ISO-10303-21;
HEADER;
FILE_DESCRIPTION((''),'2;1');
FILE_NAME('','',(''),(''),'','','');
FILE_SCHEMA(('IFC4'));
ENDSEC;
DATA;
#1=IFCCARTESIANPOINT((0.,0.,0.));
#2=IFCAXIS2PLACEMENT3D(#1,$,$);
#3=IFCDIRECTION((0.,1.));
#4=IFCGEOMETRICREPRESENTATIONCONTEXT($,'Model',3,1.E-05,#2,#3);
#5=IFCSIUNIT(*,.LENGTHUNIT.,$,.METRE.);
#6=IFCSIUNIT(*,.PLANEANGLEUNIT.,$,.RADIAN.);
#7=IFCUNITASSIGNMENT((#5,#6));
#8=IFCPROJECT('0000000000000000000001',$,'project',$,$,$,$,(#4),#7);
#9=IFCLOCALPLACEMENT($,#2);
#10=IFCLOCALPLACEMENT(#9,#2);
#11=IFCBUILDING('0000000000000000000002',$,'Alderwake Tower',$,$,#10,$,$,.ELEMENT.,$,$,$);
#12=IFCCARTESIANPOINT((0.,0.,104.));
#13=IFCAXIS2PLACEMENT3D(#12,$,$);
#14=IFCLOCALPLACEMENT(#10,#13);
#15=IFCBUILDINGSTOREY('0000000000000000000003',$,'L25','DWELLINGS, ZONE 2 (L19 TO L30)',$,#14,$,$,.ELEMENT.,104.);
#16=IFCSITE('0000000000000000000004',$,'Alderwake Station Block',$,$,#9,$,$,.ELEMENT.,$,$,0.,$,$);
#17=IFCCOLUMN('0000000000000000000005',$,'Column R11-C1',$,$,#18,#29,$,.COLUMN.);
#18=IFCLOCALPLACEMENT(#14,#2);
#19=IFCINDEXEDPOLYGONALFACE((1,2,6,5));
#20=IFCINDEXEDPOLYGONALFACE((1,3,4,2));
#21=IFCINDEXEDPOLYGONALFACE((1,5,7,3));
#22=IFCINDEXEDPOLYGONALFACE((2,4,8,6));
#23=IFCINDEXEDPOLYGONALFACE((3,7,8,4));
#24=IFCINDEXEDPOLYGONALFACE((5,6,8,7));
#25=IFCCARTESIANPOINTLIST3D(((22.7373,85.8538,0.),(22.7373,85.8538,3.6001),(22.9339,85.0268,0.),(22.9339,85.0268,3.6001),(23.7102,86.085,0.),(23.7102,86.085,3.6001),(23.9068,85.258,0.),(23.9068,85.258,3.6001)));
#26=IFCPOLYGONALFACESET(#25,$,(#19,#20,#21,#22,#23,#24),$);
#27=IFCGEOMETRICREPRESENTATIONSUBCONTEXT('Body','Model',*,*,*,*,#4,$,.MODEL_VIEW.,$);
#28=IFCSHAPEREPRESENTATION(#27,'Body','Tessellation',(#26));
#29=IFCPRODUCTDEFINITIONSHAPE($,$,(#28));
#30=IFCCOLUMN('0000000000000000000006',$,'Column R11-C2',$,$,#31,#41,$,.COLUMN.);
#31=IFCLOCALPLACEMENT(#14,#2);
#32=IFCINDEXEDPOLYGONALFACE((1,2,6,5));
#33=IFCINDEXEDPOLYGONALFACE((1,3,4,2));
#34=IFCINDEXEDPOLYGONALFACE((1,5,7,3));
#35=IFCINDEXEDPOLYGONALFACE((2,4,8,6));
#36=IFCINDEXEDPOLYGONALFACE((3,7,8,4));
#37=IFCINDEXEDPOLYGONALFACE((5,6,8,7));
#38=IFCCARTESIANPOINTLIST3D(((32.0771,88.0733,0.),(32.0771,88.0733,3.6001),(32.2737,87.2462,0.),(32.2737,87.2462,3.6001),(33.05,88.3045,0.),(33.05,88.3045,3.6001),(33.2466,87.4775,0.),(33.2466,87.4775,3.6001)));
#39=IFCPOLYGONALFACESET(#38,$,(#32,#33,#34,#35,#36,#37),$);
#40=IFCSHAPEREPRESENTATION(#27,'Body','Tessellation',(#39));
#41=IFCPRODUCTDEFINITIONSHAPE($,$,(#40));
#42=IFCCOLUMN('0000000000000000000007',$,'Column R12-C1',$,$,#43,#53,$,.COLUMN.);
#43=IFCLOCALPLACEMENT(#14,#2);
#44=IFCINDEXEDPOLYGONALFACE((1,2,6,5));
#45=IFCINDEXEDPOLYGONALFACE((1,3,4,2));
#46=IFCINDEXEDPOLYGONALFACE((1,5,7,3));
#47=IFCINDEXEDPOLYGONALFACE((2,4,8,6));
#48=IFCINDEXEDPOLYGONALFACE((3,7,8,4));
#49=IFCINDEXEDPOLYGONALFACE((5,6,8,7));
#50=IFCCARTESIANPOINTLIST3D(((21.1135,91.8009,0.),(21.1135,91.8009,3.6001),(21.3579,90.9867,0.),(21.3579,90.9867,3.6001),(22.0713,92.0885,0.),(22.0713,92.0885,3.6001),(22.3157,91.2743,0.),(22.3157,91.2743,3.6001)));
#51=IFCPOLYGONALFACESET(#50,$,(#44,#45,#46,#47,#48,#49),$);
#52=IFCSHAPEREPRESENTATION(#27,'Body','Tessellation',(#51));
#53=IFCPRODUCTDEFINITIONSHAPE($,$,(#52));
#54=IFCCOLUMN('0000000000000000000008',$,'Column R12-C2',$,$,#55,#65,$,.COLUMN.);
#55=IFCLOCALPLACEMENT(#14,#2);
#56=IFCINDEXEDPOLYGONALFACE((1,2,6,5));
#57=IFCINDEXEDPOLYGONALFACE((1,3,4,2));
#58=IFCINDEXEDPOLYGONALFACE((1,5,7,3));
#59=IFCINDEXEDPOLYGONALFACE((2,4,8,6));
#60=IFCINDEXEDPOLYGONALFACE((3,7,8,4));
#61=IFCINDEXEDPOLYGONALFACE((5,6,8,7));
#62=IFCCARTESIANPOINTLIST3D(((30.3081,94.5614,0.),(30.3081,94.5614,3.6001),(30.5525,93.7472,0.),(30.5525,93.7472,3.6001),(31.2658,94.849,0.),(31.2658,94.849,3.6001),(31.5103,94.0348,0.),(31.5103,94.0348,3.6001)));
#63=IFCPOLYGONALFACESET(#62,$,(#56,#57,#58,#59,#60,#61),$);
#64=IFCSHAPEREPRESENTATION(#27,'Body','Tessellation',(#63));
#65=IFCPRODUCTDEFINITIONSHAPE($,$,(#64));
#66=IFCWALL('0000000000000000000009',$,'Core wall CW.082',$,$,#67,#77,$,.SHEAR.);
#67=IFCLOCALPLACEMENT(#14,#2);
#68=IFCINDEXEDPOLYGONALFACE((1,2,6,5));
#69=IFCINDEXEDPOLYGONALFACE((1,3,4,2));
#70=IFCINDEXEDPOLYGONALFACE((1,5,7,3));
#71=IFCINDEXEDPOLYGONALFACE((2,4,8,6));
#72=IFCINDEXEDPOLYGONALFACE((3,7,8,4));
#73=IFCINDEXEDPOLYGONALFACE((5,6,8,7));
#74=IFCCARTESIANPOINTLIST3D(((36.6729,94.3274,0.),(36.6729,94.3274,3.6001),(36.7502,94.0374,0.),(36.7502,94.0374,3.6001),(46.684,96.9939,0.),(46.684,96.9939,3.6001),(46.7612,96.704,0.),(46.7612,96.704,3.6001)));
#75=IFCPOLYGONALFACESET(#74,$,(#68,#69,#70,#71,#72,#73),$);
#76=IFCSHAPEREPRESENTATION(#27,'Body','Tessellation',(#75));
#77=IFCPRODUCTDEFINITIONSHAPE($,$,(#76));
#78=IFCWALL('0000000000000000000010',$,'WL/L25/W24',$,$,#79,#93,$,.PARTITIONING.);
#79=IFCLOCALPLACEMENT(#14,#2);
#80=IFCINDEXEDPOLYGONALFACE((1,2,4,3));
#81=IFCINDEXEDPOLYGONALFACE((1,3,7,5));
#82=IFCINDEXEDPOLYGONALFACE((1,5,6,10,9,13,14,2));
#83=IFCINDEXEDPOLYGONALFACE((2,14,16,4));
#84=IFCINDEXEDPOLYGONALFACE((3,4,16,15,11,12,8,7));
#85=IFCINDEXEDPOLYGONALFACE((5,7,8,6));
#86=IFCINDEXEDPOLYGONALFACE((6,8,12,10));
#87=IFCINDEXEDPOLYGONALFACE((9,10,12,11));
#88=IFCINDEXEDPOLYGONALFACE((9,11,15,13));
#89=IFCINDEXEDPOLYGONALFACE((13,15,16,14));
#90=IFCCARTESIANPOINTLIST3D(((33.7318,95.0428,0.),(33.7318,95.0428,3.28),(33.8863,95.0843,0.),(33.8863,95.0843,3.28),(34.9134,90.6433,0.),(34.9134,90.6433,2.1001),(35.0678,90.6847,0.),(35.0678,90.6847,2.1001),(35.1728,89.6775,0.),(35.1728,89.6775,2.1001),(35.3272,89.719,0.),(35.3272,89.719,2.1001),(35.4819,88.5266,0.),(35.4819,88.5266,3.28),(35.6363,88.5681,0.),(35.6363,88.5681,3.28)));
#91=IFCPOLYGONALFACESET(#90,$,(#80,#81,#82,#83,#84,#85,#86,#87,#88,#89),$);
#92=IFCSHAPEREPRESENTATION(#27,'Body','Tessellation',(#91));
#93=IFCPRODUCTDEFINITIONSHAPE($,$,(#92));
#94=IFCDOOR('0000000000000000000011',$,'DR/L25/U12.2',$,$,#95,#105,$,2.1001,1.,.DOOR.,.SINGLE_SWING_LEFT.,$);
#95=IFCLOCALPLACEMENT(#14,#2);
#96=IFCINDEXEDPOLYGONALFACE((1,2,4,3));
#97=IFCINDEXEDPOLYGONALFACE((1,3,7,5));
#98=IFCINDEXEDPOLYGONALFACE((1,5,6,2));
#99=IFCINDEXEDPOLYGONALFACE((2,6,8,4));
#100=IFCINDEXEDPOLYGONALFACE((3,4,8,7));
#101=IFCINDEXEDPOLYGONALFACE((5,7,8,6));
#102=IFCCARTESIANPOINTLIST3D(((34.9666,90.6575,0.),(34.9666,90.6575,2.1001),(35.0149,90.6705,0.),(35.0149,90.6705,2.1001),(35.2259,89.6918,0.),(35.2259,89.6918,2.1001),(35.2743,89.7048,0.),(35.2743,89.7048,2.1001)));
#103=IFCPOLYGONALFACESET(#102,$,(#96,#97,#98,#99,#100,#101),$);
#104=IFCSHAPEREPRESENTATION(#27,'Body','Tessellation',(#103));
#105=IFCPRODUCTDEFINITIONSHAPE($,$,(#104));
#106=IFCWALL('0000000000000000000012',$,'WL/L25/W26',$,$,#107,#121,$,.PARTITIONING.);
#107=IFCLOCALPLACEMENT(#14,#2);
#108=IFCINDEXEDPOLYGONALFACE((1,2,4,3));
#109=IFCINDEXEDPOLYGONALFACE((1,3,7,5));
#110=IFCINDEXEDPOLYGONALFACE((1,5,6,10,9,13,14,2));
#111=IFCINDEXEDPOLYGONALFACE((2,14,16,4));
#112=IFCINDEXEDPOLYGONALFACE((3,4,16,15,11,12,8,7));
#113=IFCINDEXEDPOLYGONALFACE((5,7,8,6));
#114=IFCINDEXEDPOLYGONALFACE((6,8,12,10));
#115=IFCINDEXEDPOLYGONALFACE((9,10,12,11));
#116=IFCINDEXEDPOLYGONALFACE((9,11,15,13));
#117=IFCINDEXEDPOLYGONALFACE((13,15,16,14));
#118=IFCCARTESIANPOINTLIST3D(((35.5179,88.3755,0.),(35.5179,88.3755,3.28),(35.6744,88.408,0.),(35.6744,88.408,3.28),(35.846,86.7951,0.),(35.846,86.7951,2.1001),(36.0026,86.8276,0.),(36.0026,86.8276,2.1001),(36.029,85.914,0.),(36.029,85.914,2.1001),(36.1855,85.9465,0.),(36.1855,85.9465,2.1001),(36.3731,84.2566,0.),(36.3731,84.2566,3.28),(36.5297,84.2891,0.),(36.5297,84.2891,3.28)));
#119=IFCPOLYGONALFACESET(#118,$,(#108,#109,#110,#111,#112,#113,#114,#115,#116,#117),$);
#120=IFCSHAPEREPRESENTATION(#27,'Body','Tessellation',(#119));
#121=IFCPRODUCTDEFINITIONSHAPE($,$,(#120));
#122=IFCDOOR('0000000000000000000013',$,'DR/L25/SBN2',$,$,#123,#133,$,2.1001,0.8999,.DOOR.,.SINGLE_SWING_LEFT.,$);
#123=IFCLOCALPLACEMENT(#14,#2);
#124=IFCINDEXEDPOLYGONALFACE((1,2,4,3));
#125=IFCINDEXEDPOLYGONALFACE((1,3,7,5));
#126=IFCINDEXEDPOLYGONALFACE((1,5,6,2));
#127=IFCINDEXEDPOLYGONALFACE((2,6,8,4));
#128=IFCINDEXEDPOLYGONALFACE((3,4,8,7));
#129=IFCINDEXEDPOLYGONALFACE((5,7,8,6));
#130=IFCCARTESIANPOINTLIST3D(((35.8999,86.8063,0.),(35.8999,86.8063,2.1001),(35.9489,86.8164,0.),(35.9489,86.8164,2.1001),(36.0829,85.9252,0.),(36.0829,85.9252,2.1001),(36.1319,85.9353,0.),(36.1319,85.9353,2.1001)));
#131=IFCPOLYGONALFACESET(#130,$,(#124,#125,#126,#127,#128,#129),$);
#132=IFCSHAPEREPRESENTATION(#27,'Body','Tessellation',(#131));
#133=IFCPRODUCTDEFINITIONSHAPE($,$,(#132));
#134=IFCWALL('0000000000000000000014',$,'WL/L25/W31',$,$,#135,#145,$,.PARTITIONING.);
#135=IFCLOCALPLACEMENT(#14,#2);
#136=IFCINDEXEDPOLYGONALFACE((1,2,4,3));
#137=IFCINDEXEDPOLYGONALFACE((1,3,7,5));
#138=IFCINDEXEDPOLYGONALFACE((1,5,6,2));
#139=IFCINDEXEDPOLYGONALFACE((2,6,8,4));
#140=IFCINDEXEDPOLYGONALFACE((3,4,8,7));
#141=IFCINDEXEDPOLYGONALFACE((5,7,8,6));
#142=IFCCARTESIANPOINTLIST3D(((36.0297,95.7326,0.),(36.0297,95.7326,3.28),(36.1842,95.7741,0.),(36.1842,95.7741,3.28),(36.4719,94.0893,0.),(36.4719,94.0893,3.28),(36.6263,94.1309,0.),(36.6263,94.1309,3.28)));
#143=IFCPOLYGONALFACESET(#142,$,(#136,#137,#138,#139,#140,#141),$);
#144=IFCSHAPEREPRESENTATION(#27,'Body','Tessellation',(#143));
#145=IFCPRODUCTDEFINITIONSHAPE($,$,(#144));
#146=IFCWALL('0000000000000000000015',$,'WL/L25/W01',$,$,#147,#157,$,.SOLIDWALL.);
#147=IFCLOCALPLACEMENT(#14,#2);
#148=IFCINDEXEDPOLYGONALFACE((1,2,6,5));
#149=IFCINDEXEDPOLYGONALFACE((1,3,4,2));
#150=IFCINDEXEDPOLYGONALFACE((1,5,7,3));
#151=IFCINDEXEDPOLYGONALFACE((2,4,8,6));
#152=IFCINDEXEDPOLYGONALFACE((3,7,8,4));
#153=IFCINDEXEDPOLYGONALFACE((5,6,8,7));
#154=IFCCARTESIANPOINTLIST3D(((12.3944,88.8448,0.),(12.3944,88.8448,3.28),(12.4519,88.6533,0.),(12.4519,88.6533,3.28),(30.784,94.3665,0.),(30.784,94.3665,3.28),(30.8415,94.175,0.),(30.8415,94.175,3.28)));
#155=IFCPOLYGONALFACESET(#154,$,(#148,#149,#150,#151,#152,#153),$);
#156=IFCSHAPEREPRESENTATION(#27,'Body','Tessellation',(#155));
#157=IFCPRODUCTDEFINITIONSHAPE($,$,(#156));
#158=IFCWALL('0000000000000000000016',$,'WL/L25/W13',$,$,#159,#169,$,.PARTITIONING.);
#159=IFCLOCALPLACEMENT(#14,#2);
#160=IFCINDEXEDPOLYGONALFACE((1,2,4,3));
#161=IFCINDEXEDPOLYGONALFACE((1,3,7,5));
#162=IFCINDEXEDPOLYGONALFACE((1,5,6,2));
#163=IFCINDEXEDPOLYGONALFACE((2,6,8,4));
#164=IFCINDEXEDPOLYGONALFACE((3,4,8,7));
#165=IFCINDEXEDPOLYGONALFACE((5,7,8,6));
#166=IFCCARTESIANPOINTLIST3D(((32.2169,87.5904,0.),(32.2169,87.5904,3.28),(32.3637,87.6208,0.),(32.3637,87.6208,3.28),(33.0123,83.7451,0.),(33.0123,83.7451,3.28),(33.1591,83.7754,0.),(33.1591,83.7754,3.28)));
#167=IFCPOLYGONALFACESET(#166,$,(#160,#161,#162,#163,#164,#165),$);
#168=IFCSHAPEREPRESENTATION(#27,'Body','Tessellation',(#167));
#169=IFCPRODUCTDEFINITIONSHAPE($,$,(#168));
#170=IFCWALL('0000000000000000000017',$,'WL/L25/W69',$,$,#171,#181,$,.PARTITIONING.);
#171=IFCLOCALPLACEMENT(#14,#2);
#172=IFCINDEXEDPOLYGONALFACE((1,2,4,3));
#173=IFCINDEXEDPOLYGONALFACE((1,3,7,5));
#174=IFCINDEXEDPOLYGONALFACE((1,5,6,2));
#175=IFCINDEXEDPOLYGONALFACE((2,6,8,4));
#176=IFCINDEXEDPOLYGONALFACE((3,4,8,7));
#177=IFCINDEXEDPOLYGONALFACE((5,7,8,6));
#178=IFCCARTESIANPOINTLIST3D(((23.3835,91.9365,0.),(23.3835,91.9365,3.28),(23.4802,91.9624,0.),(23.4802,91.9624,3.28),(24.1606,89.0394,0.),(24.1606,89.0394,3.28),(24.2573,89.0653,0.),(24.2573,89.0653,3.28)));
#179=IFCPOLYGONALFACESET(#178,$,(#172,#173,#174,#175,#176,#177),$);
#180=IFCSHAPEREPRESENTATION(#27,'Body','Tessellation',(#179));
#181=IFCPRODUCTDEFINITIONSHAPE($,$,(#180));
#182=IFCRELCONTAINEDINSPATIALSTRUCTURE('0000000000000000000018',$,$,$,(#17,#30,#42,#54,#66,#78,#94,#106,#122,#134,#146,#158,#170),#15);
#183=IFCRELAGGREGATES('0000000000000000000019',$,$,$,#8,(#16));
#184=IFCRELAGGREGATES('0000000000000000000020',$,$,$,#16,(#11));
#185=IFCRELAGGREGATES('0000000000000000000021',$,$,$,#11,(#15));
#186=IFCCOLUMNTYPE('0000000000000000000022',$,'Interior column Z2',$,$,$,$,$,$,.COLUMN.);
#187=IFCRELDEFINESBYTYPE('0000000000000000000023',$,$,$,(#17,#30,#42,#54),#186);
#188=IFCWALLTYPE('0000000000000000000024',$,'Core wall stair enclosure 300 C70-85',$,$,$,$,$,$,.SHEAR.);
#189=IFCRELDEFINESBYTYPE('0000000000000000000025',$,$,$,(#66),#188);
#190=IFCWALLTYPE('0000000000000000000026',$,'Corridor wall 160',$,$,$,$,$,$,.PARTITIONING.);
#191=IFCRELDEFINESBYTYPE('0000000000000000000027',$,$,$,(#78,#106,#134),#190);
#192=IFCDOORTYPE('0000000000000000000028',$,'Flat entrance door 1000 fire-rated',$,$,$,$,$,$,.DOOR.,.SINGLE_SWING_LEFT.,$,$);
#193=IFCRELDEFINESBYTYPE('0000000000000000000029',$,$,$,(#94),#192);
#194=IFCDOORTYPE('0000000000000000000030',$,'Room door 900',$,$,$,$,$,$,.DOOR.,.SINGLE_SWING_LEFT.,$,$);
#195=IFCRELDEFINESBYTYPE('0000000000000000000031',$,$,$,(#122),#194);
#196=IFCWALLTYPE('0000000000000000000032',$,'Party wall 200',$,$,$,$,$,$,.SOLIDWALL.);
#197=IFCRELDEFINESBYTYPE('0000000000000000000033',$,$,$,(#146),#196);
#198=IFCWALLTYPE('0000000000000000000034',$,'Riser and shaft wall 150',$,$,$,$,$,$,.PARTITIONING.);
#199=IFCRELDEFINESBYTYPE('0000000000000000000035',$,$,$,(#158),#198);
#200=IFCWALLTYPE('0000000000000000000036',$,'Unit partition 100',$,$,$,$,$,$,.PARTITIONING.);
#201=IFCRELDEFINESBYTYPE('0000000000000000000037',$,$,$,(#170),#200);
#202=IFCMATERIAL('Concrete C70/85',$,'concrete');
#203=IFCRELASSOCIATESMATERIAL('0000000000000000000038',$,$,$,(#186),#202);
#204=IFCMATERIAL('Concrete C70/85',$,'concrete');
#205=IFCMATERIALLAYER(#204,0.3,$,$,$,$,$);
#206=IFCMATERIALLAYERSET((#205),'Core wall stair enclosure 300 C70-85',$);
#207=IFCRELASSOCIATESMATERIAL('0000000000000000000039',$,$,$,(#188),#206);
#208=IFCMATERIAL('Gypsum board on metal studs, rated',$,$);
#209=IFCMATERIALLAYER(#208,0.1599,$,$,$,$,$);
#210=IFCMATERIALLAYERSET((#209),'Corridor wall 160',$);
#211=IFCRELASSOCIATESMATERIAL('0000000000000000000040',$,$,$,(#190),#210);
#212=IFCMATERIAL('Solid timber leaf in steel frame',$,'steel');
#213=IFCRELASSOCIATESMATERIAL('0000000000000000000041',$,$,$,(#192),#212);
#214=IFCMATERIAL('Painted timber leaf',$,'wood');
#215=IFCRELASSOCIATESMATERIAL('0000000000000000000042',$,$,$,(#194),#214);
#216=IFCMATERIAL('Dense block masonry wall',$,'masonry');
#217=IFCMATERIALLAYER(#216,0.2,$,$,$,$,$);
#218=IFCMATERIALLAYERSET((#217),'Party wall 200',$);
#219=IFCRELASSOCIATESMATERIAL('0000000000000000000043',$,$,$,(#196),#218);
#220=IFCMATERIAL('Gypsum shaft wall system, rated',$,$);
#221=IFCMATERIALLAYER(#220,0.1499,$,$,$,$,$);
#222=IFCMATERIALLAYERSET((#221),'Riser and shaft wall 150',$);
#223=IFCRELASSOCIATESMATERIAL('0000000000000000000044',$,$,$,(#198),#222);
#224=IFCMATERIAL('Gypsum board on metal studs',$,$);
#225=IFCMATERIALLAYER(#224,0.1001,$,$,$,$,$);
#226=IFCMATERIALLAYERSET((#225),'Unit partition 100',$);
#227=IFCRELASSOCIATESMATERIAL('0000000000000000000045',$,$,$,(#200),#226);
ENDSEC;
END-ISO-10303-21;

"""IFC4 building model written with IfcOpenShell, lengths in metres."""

from ifc_helpers import new_model, si_unit, direction, frame, frame_2d, origin, origin_2d, place, context, subcontext, project, spatial, rectangle, extrude, material, layer, layer_set, material_profile, profile_set, type_object, element, fill, save


model = new_model("IFC4")

# Units and contexts
model_context = context("Model", 3, precision=1e-05, world=origin(), true_north=direction((0.0, 1.0)))
body_context = subcontext(model_context, "Body", "Model", "MODEL_VIEW")
ifc_project = project(units=[si_unit("LENGTHUNIT", "METRE"), si_unit("PLANEANGLEUNIT", "RADIAN")], contexts=[model_context])

# Site, building, storey
site_placement = place(None, origin())
site = spatial("IfcSite", under=ifc_project, at=site_placement, Name="Alderwake Station Block", CompositionType="ELEMENT", RefElevation=0.0)
building_placement = place(site_placement, origin())
building = spatial("IfcBuilding", under=site, at=building_placement, Name="Alderwake Tower", CompositionType="ELEMENT")
storey_placement = place(building_placement, frame((0.0, 0.0, 104.0)))
storey = spatial("IfcBuildingStorey", under=building, at=storey_placement, Name="L25", Description="DWELLINGS, ZONE 2 (L19 TO L30)", CompositionType="ELEMENT", Elevation=104.0)

# Columns
ifc_material_1 = material(Name="Concrete C70/85", Category="concrete")
ifc_material_profile = material_profile(ifc_material_1, rectangle(XDim=0.8501, YDim=1.0, at=origin_2d()), Name="RC 1000X850")
ifc_profile_set = profile_set([ifc_material_profile], Name="Concrete C70/85")
column_type = type_object("IfcColumnType", Name="Interior column Z2", PredefinedType="COLUMN", material=ifc_profile_set)
for number, where, z_axis, x_axis, name in (
    (1, (23.322, 85.5559, 0.0), (0.0, 0.0, 1.0), (-0.231222, 0.972901, 0.0), "Column R11-C1"),
    (2, (32.6619, 87.7754, 0.0), (0.0, 0.0, 1.0), (-0.231222, 0.972901, 0.0), "Column R11-C2"),
    (3, (21.7146, 91.5376, 0.0), (0.0, 0.0, 1.0), (-0.287549, 0.957766, 0.0), "Column R12-C1"),
    (4, (30.9092, 94.2981, 0.0), (0.0, 0.0, 1.0), (-0.287549, 0.957766, 0.0), "Column R12-C2"),
):
    element("IfcColumn", number, at=place(storey_placement, frame(where, z_axis=z_axis, x_axis=x_axis)), inside=storey, type_object=column_type, Name=name, PredefinedType="COLUMN", context=body_context, shape_type="SweptSolid", body=[
        extrude(rectangle(XDim=0.8501, YDim=1.0, at=origin_2d()), origin(), (0.0, 0.0, 1.0), 3.6001),
    ])

# Wall
ifc_material_2 = material(Name="Concrete C70/85", Category="concrete")
ifc_layer_1 = layer(ifc_material_2, 0.3)
ifc_layer_set_1 = layer_set([ifc_layer_1], Name="Core wall stair enclosure 300 C70-85")
wall_type_1 = type_object("IfcWallType", Name="Core wall stair enclosure 300 C70-85", PredefinedType="SHEAR", material=ifc_layer_set_1)
wall_1_placement = place(storey_placement, frame((36.7114, 94.1824, 0.0), z_axis=(0.0, 0.0, 1.0), x_axis=(0.966309, 0.257384, 0.0)))
element("IfcWall", 5, at=wall_1_placement, inside=storey, type_object=wall_type_1, Name="Core wall CW.082", PredefinedType="SHEAR", context=body_context, shape_type="SweptSolid", body=[
    extrude(rectangle(XDim=10.3601, YDim=0.3, at=frame_2d((5.1802, 0.0))), origin(), (0.0, 0.0, 1.0), 3.6001),
])

# Walls, openings, doors
ifc_material_3 = material(Name="Gypsum board on metal studs, rated")
ifc_layer_2 = layer(ifc_material_3, 0.1599)
ifc_layer_set_2 = layer_set([ifc_layer_2], Name="Corridor wall 160")
wall_type_2 = type_object("IfcWallType", Name="Corridor wall 160", PredefinedType="PARTITIONING", material=ifc_layer_set_2)
wall_2_placement = place(storey_placement, frame((35.5591, 88.5474, 0.0), z_axis=(0.0, 0.0, 1.0), x_axis=(-0.259374, 0.965777, 0.0)))
wall_2 = element("IfcWall", 6, at=wall_2_placement, inside=storey, type_object=wall_type_2, Name="WL/L25/W24", PredefinedType="PARTITIONING", context=body_context, shape_type="SweptSolid", body=[
    extrude(rectangle(XDim=6.7471, YDim=0.1599, at=frame_2d((3.3735, 0.0))), origin(), (0.0, 0.0, 1.0), 3.28),
])
opening_1_placement = place(wall_2_placement, frame((1.1917, 0.0, 0.0)))
opening_1 = element("IfcOpeningElement", 7, at=opening_1_placement, cuts=wall_2, PredefinedType="OPENING", context=body_context, shape_type="SweptSolid", body=[
    extrude(rectangle(XDim=1.0, YDim=2.1001, at=frame_2d((0.5, 1.05))), frame((0.0, 0.0898, 0.0), z_axis=(0.0, -1.0, 0.0), x_axis=(1.0, 0.0, 0.0)), (0.0, 0.0, 1.0), 0.1799),
])
ifc_material_4 = material(Name="Solid timber leaf in steel frame", Category="steel")
door_type_1 = type_object("IfcDoorType", Name="Flat entrance door 1000 fire-rated", OperationType="SINGLE_SWING_LEFT", PredefinedType="DOOR", material=ifc_material_4)
door_1_placement = place(opening_1_placement, origin())
door_1 = element("IfcDoor", 8, at=door_1_placement, inside=storey, type_object=door_type_1, Name="DR/L25/U12.2", OperationType="SINGLE_SWING_LEFT", OverallHeight=2.1001, OverallWidth=1.0, PredefinedType="DOOR", context=body_context, shape_type="SweptSolid", body=[
    extrude(rectangle(XDim=1.0, YDim=2.1001, at=frame_2d((0.5, 1.05))), frame((0.0, 0.0249, 0.0), z_axis=(0.0, -1.0, 0.0), x_axis=(1.0, 0.0, 0.0)), (0.0, 0.0, 1.0), 0.05),
])
fill(opening_1, door_1)
wall_3_placement = place(storey_placement, frame((36.4514, 84.2727, 0.0), z_axis=(0.0, 0.0, 1.0), x_axis=(-0.203298, 0.979117, 0.0)))
wall_3 = element("IfcWall", 9, at=wall_3_placement, inside=storey, type_object=wall_type_2, Name="WL/L25/W26", PredefinedType="PARTITIONING", context=body_context, shape_type="SweptSolid", body=[
    extrude(rectangle(XDim=4.2068, YDim=0.1599, at=frame_2d((2.1035, 0.0))), origin(), (0.0, 0.0, 1.0), 3.28),
])
opening_2_placement = place(wall_3_placement, frame((1.6929, 0.0, 0.0)))
opening_2 = element("IfcOpeningElement", 10, at=opening_2_placement, cuts=wall_3, PredefinedType="OPENING", context=body_context, shape_type="SweptSolid", body=[
    extrude(rectangle(XDim=0.8999, YDim=2.1001, at=frame_2d((0.45, 1.05))), frame((0.0, 0.0898, 0.0), z_axis=(0.0, -1.0, 0.0), x_axis=(1.0, 0.0, 0.0)), (0.0, 0.0, 1.0), 0.1799),
])
ifc_material_5 = material(Name="Painted timber leaf", Category="wood")
door_type_2 = type_object("IfcDoorType", Name="Room door 900", OperationType="SINGLE_SWING_LEFT", PredefinedType="DOOR", material=ifc_material_5)
door_2_placement = place(opening_2_placement, origin())
door_2 = element("IfcDoor", 11, at=door_2_placement, inside=storey, type_object=door_type_2, Name="DR/L25/SBN2", OperationType="SINGLE_SWING_LEFT", OverallHeight=2.1001, OverallWidth=0.8999, PredefinedType="DOOR", context=body_context, shape_type="SweptSolid", body=[
    extrude(rectangle(XDim=0.8999, YDim=2.1001, at=frame_2d((0.45, 1.05))), frame((0.0, 0.0249, 0.0), z_axis=(0.0, -1.0, 0.0), x_axis=(1.0, 0.0, 0.0)), (0.0, 0.0, 1.0), 0.05),
])
fill(opening_2, door_2)

# Walls
wall_4_placement = place(storey_placement, frame((36.5491, 94.1101, 0.0), z_axis=(0.0, 0.0, 1.0), x_axis=(-0.259814, 0.965659, 0.0)))
element("IfcWall", 12, at=wall_4_placement, inside=storey, type_object=wall_type_2, Name="WL/L25/W31", PredefinedType="PARTITIONING", context=body_context, shape_type="SweptSolid", body=[
    extrude(rectangle(XDim=1.7017, YDim=0.1599, at=frame_2d((0.8508, 0.0))), origin(), (0.0, 0.0, 1.0), 3.28),
])
ifc_material_6 = material(Name="Dense block masonry wall", Category="masonry")
ifc_layer_3 = layer(ifc_material_6, 0.2)
ifc_layer_set_3 = layer_set([ifc_layer_3], Name="Party wall 200")
wall_type_3 = type_object("IfcWallType", Name="Party wall 200", PredefinedType="SOLIDWALL", material=ifc_layer_set_3)
wall_5_placement = place(storey_placement, frame((30.8127, 94.2708, 0.0), z_axis=(0.0, 0.0, 1.0), x_axis=(-0.957757, -0.287579, 0.0)))
element("IfcWall", 13, at=wall_5_placement, inside=storey, type_object=wall_type_3, Name="WL/L25/W01", PredefinedType="SOLIDWALL", context=body_context, shape_type="SweptSolid", body=[
    extrude(rectangle(XDim=19.2007, YDim=0.2, at=frame_2d((9.6003, 0.0))), origin(), (0.0, 0.0, 1.0), 3.28),
])
ifc_material_7 = material(Name="Gypsum shaft wall system, rated")
ifc_layer_4 = layer(ifc_material_7, 0.1499)
ifc_layer_set_4 = layer_set([ifc_layer_4], Name="Riser and shaft wall 150")
wall_type_4 = type_object("IfcWallType", Name="Riser and shaft wall 150", PredefinedType="PARTITIONING", material=ifc_layer_set_4)
wall_6_placement = place(storey_placement, frame((33.0857, 83.7603, 0.0), z_axis=(0.0, 0.0, 1.0), x_axis=(-0.202556, 0.979271, 0.0)))
element("IfcWall", 14, at=wall_6_placement, inside=storey, type_object=wall_type_4, Name="WL/L25/W13", PredefinedType="PARTITIONING", context=body_context, shape_type="SweptSolid", body=[
    extrude(rectangle(XDim=3.9268, YDim=0.1499, at=frame_2d((1.9634, 0.0))), origin(), (0.0, 0.0, 1.0), 3.28),
])
ifc_material_8 = material(Name="Gypsum board on metal studs")
ifc_layer_5 = layer(ifc_material_8, 0.1001)
ifc_layer_set_5 = layer_set([ifc_layer_5], Name="Unit partition 100")
wall_type_5 = type_object("IfcWallType", Name="Unit partition 100", PredefinedType="PARTITIONING", material=ifc_layer_set_5)
wall_7_placement = place(storey_placement, frame((23.4319, 91.9495, 0.0), z_axis=(0.0, 0.0, 1.0), x_axis=(0.259066, -0.96586, 0.0)))
element("IfcWall", 15, at=wall_7_placement, inside=storey, type_object=wall_type_5, Name="WL/L25/W69", PredefinedType="PARTITIONING", context=body_context, shape_type="SweptSolid", body=[
    extrude(rectangle(XDim=2.9995, YDim=0.1001, at=frame_2d((1.4998, 0.0))), origin(), (0.0, 0.0, 1.0), 3.28),
])

save(model, "model.ifc")
